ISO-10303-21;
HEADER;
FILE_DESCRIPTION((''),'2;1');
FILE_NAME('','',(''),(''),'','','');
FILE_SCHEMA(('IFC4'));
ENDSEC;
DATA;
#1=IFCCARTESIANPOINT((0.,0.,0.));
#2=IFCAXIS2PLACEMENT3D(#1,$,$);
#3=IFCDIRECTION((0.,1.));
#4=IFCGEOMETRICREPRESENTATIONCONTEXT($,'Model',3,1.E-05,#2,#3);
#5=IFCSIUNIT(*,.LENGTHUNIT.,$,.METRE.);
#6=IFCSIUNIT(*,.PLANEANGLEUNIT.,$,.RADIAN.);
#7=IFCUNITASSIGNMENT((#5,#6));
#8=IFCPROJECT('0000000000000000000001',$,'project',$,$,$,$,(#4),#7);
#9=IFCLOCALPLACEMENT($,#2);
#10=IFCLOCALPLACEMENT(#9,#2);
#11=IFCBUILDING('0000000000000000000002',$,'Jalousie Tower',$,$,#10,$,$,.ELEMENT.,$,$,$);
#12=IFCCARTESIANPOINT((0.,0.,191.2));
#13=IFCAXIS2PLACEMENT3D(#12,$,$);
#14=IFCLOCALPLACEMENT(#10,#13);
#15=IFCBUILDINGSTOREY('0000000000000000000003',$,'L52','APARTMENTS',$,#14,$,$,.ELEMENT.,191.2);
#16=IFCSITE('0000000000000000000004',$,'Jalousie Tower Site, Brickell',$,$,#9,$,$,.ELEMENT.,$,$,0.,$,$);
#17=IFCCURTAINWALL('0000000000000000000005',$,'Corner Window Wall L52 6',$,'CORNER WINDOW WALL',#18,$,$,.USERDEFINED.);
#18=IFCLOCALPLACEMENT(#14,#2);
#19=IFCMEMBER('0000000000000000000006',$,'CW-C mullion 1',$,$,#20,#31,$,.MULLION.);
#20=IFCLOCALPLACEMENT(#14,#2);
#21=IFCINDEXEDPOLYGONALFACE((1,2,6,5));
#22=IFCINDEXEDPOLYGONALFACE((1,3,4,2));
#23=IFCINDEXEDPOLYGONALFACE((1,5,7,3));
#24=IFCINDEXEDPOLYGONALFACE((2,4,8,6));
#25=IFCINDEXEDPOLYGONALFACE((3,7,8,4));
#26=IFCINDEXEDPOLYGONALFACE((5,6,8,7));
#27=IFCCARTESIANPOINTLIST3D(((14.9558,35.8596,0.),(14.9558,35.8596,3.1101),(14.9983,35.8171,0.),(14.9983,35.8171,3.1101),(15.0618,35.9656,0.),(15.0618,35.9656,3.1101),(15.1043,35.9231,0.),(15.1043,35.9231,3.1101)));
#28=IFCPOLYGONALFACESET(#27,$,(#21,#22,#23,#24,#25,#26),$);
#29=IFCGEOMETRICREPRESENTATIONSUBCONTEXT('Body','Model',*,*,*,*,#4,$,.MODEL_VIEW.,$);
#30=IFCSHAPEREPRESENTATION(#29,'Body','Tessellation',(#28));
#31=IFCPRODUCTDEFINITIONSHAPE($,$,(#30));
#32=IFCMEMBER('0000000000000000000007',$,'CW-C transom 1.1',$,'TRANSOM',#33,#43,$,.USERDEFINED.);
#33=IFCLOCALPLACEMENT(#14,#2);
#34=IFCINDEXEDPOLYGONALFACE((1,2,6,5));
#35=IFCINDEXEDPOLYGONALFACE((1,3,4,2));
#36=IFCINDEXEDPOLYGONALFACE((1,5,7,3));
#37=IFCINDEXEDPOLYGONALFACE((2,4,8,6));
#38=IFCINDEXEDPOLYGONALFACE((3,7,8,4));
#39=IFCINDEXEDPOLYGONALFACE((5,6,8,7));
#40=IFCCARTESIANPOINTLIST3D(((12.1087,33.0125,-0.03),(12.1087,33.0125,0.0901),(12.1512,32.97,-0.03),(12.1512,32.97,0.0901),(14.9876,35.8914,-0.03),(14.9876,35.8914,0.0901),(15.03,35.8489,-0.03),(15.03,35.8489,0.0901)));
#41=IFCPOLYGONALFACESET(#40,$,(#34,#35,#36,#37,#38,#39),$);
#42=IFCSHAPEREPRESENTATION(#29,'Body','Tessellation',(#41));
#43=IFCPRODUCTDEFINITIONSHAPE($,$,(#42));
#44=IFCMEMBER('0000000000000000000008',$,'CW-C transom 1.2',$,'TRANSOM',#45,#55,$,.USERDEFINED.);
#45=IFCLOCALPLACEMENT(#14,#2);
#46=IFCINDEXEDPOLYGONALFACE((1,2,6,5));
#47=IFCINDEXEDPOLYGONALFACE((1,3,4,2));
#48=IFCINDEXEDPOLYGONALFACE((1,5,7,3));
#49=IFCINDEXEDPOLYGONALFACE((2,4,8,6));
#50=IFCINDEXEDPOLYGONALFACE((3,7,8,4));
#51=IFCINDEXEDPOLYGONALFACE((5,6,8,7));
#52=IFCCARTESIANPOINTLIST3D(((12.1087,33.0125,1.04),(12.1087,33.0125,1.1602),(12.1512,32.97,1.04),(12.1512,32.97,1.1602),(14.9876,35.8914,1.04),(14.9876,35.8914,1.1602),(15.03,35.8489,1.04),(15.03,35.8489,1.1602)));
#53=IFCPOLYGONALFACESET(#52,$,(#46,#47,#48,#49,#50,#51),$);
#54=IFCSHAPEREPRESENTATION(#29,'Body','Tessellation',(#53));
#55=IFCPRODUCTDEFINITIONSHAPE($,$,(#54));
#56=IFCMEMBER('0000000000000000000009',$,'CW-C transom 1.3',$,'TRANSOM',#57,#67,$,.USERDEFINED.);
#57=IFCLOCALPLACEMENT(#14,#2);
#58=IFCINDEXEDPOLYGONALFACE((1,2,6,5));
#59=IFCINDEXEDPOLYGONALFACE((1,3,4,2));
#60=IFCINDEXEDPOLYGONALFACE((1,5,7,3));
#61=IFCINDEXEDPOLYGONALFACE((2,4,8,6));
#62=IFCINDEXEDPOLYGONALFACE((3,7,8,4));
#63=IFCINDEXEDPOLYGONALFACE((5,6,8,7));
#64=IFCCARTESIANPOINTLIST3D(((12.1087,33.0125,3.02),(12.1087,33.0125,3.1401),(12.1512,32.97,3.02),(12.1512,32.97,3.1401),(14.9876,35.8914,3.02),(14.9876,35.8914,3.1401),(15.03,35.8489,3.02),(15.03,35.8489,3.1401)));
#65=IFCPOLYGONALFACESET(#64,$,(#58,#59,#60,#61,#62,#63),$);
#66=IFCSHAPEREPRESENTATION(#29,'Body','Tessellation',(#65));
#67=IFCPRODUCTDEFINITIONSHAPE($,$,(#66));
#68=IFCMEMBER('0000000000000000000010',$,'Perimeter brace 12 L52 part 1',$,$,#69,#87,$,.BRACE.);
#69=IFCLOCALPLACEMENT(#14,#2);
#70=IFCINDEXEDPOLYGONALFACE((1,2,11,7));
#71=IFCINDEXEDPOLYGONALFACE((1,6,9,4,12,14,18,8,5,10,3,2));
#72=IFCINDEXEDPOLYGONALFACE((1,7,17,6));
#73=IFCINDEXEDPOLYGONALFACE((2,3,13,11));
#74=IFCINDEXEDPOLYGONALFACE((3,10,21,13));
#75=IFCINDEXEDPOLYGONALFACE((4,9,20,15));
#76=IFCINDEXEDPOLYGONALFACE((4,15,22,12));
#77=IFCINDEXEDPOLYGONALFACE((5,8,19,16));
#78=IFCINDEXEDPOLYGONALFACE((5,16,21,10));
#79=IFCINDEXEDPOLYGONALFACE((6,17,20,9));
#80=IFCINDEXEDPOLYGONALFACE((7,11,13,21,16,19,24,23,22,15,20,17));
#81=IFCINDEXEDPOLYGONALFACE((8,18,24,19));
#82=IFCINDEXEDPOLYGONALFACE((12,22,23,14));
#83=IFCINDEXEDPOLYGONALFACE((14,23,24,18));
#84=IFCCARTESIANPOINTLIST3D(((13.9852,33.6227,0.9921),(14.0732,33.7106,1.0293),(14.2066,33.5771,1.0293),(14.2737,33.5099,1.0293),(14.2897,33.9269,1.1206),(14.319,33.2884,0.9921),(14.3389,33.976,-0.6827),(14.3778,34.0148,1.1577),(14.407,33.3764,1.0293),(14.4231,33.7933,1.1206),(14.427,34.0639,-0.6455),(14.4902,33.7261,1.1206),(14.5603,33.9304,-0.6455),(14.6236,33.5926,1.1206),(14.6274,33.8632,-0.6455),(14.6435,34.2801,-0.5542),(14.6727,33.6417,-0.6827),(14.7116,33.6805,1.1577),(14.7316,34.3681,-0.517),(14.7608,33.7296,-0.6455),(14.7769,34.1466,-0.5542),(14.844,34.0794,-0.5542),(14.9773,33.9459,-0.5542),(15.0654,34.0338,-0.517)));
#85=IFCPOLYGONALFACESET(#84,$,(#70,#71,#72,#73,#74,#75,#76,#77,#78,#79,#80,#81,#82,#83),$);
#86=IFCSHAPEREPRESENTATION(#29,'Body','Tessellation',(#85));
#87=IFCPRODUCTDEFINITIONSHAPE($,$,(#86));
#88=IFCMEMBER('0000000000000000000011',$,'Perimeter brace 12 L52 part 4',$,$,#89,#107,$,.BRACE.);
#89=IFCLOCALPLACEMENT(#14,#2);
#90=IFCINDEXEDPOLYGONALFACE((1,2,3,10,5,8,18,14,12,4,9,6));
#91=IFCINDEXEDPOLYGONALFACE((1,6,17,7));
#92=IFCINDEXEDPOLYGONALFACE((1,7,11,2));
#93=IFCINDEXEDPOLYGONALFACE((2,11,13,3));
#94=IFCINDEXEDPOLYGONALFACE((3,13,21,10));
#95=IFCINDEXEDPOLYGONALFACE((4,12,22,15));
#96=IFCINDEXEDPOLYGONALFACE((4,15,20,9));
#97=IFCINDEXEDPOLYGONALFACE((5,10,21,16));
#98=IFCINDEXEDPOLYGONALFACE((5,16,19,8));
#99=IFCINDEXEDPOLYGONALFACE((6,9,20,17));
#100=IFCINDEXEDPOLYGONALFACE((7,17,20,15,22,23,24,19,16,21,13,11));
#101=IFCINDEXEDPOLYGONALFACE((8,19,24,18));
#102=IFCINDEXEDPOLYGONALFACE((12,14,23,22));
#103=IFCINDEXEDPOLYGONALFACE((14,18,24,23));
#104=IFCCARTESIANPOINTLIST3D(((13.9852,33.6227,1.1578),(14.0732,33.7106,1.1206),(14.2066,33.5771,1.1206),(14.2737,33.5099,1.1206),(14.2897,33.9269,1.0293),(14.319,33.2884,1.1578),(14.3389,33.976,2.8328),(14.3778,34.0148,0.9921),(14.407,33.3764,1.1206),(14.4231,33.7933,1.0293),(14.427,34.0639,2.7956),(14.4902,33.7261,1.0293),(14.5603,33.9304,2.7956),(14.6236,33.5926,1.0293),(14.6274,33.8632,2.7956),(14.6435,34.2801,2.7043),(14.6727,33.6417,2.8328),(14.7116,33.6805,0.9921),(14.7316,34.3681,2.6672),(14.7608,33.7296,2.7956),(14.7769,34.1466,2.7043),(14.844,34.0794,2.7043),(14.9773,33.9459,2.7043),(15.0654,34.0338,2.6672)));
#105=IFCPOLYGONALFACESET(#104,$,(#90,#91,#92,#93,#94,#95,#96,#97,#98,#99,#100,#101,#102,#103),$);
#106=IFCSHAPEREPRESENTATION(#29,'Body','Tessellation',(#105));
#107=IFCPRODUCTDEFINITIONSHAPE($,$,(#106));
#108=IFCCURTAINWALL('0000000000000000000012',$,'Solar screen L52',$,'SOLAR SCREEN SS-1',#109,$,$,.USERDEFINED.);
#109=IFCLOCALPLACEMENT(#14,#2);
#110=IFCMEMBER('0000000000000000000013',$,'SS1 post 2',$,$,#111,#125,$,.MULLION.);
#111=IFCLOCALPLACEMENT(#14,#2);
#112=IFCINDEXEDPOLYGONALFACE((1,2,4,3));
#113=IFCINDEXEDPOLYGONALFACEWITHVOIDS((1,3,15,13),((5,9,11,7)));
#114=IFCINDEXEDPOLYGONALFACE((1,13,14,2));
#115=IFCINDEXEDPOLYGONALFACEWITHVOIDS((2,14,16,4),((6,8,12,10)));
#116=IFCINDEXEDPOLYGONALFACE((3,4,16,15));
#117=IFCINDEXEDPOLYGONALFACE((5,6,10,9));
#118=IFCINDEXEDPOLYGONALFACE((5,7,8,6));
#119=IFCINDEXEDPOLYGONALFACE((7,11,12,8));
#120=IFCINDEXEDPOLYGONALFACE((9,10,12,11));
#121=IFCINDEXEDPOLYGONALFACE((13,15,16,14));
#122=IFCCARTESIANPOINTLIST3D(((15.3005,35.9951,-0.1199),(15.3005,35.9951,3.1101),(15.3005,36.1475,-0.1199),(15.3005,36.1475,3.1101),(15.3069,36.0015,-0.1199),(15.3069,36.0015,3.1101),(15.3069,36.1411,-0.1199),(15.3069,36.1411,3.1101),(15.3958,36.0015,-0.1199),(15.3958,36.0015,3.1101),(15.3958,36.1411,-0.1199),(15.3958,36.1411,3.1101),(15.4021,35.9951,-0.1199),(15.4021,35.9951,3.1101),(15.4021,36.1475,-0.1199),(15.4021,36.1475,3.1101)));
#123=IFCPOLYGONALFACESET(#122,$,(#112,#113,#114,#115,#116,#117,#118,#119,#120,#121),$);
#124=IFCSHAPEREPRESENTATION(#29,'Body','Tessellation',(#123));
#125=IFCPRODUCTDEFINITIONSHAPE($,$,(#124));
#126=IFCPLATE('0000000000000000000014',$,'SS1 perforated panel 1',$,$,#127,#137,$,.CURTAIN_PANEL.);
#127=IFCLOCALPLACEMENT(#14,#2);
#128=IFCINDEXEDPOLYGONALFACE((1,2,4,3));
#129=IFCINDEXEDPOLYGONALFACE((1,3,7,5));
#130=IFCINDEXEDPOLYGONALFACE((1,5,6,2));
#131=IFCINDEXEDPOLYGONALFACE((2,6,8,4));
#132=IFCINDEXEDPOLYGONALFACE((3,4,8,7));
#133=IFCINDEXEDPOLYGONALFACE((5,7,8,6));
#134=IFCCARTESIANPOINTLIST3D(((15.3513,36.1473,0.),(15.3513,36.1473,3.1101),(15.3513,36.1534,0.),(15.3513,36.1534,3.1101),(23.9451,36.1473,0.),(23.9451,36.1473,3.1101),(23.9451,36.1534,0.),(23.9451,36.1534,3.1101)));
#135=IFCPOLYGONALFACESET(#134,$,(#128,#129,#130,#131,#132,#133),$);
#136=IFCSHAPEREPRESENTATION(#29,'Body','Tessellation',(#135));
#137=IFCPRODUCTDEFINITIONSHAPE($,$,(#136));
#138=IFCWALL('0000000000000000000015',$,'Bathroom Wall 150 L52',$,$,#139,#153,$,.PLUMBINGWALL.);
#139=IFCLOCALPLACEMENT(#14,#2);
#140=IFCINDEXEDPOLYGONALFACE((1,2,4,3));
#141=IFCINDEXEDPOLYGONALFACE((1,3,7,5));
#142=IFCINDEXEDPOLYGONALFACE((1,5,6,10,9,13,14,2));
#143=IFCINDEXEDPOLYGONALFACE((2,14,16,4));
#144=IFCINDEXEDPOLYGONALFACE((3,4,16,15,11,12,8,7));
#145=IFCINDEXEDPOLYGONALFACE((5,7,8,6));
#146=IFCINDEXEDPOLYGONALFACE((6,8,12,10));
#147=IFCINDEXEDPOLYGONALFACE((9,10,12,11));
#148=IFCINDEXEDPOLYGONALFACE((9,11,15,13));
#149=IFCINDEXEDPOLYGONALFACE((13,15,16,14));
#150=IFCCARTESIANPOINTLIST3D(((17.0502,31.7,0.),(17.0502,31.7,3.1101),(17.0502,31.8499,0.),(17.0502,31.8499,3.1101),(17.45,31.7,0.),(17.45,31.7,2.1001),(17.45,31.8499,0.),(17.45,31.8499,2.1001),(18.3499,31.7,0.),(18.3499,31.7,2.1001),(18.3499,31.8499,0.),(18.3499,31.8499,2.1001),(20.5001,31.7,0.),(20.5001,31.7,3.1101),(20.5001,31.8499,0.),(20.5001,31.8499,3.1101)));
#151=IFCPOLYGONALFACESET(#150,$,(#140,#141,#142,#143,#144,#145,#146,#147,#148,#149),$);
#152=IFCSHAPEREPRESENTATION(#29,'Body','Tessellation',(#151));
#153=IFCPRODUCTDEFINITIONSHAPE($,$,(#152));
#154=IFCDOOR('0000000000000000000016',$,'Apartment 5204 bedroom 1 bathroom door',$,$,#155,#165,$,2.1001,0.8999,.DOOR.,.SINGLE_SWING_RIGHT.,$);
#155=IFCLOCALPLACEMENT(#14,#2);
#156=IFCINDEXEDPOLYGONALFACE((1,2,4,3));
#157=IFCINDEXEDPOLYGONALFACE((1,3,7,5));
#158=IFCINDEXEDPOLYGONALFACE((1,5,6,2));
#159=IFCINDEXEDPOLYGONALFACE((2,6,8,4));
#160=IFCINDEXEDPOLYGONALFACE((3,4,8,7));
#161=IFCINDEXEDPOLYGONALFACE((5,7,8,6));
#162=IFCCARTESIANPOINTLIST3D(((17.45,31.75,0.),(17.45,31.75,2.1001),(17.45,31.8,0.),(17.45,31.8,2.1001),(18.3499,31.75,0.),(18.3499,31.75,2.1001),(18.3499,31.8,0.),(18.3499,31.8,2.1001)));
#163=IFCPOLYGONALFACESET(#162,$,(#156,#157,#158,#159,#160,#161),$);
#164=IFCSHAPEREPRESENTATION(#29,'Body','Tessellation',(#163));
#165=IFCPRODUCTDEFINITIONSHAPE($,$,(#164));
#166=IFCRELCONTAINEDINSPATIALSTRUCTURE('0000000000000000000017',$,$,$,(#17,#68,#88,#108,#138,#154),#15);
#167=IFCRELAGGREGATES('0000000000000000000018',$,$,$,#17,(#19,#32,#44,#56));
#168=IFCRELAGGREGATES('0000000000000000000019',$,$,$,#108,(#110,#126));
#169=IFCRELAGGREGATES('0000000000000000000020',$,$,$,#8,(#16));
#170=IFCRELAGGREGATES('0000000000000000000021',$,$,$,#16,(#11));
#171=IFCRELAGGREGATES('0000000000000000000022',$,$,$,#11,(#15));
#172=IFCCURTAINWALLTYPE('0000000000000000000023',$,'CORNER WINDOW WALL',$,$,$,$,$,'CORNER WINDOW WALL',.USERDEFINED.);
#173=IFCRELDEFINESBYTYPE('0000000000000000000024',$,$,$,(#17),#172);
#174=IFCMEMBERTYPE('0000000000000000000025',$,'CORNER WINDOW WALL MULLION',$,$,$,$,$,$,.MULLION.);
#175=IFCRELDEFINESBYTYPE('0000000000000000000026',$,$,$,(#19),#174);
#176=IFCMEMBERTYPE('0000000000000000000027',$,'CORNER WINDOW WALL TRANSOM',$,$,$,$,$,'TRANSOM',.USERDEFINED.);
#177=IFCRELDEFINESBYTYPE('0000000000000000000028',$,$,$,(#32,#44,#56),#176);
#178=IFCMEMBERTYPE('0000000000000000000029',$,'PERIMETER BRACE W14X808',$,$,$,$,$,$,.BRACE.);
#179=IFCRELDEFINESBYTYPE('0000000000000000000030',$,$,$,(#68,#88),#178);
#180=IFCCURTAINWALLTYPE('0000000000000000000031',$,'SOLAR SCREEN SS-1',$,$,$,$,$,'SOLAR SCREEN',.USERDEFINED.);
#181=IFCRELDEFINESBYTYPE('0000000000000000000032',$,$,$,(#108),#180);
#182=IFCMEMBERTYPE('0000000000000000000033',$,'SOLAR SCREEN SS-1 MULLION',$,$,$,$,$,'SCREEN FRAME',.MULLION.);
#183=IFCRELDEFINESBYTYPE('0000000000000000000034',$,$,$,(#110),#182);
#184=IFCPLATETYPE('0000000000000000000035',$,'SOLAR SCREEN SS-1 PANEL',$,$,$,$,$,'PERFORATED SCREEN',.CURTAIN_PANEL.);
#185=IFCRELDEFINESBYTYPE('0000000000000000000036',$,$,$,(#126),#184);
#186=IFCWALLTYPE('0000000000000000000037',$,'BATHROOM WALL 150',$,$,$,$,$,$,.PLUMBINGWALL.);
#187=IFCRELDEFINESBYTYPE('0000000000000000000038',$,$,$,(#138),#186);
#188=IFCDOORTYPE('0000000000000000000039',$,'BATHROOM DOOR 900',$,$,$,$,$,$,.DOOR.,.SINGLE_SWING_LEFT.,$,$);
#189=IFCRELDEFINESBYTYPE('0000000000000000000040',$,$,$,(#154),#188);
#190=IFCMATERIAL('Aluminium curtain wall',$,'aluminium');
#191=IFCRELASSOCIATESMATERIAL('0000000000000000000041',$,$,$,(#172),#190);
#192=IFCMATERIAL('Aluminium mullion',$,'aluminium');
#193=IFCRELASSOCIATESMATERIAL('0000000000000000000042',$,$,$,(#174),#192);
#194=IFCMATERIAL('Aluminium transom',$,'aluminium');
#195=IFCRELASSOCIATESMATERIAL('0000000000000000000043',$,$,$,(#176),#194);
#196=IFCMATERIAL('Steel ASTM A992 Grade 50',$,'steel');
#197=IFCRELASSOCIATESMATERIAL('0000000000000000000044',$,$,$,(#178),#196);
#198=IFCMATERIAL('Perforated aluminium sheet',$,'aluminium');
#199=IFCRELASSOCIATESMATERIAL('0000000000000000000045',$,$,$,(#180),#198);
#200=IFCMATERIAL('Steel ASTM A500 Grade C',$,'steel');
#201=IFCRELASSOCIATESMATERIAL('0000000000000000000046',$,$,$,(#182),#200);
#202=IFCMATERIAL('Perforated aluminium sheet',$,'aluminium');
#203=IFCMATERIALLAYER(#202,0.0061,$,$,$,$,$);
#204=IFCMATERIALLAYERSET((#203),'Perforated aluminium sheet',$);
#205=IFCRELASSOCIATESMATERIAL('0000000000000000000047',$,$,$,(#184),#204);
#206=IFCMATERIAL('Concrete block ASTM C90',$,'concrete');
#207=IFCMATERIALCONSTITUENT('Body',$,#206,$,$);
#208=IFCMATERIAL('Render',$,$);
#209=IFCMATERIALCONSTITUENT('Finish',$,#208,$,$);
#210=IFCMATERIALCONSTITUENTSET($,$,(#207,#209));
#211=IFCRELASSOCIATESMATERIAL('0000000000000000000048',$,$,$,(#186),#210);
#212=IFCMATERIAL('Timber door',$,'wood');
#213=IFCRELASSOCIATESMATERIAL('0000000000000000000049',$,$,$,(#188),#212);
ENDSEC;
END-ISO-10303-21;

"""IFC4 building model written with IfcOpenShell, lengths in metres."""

from ifc_helpers import new_model, si_unit, direction, frame, frame_2d, origin, origin_2d, place, context, subcontext, project, spatial, rectangle, hollow_rectangle, i_section, extrude, material, layer, layer_set, constituent, constituent_set, material_profile, profile_set, type_object, element, fill, aggregate, save


model = new_model("IFC4")

# Units and contexts
model_context = context("Model", 3, precision=1e-05, world=origin(), true_north=direction((0.0, 1.0)))
body_context = subcontext(model_context, "Body", "Model", "MODEL_VIEW")
ifc_project = project(units=[si_unit("LENGTHUNIT", "METRE"), si_unit("PLANEANGLEUNIT", "RADIAN")], contexts=[model_context])

# Site, building, storey
site_placement = place(None, origin())
site = spatial("IfcSite", under=ifc_project, at=site_placement, Name="Jalousie Tower Site, Brickell", CompositionType="ELEMENT", RefElevation=0.0)
building_placement = place(site_placement, origin())
building = spatial("IfcBuilding", under=site, at=building_placement, Name="Jalousie Tower", CompositionType="ELEMENT")
storey_placement = place(building_placement, frame((0.0, 0.0, 191.2)))
storey = spatial("IfcBuildingStorey", under=building, at=storey_placement, Name="L52", Description="APARTMENTS", CompositionType="ELEMENT", Elevation=191.2)

# Curtain wall, members
ifc_material_1 = material(Name="Aluminium curtain wall", Category="aluminium")
curtain_wall_type_1 = type_object("IfcCurtainWallType", Name="CORNER WINDOW WALL", ElementType="CORNER WINDOW WALL", PredefinedType="USERDEFINED", material=ifc_material_1)
curtain_wall_1_placement = place(storey_placement, origin())
curtain_wall_1 = element("IfcCurtainWall", 1, at=curtain_wall_1_placement, inside=storey, type_object=curtain_wall_type_1, Name="Corner Window Wall L52 6", ObjectType="CORNER WINDOW WALL", PredefinedType="USERDEFINED")
ifc_material_2 = material(Name="Aluminium mullion", Category="aluminium")
ifc_material_profile_1 = material_profile(ifc_material_2, rectangle(XDim=0.0601, YDim=0.1499, at=origin_2d()), Name="MULLION 60x150")
ifc_profile_set_1 = profile_set([ifc_material_profile_1], Name="Aluminium mullion")
member_type_1 = type_object("IfcMemberType", Name="CORNER WINDOW WALL MULLION", PredefinedType="MULLION", material=ifc_profile_set_1)
member_1_placement = place(storey_placement, frame((15.03, 35.8914, 0.0), z_axis=(0.0, 0.0, 1.0), x_axis=(0.707107, -0.707107, 0.0)))
member_1 = element("IfcMember", 2, at=member_1_placement, type_object=member_type_1, Name="CW-C mullion 1", PredefinedType="MULLION", context=body_context, shape_type="SweptSolid", body=[
    extrude(rectangle(XDim=0.0601, YDim=0.1499, at=origin_2d()), origin(), (0.0, 0.0, 1.0), 3.1101),
])
ifc_material_3 = material(Name="Aluminium transom", Category="aluminium")
ifc_material_profile_2 = material_profile(ifc_material_3, rectangle(XDim=0.0601, YDim=0.1201, at=origin_2d()), Name="TRANSOM 60x120")
ifc_profile_set_2 = profile_set([ifc_material_profile_2], Name="Aluminium transom")
member_type_2 = type_object("IfcMemberType", Name="CORNER WINDOW WALL TRANSOM", ElementType="TRANSOM", PredefinedType="USERDEFINED", material=ifc_profile_set_2)
member_2_placement = place(storey_placement, frame((15.0088, 35.8701, 0.03), z_axis=(-0.707107, -0.707107, 0.0), x_axis=(0.707107, -0.707107, 0.0)))
member_2 = element("IfcMember", 3, at=member_2_placement, type_object=member_type_2, Name="CW-C transom 1.1", ObjectType="TRANSOM", PredefinedType="USERDEFINED", context=body_context, shape_type="SweptSolid", body=[
    extrude(rectangle(XDim=0.0601, YDim=0.1201, at=origin_2d()), origin(), (0.0, 0.0, 1.0), 4.0713),
])
member_3_placement = place(storey_placement, frame((15.0088, 35.8701, 1.1001), z_axis=(-0.707107, -0.707107, 0.0), x_axis=(0.707107, -0.707107, 0.0)))
member_3 = element("IfcMember", 4, at=member_3_placement, type_object=member_type_2, Name="CW-C transom 1.2", ObjectType="TRANSOM", PredefinedType="USERDEFINED", context=body_context, shape_type="SweptSolid", body=[
    extrude(rectangle(XDim=0.0601, YDim=0.1201, at=origin_2d()), origin(), (0.0, 0.0, 1.0), 4.0713),
])
member_4_placement = place(storey_placement, frame((15.0088, 35.8701, 3.0801), z_axis=(-0.707107, -0.707107, 0.0), x_axis=(0.707107, -0.707107, 0.0)))
member_4 = element("IfcMember", 5, at=member_4_placement, type_object=member_type_2, Name="CW-C transom 1.3", ObjectType="TRANSOM", PredefinedType="USERDEFINED", context=body_context, shape_type="SweptSolid", body=[
    extrude(rectangle(XDim=0.0601, YDim=0.1201, at=origin_2d()), origin(), (0.0, 0.0, 1.0), 4.0713),
])
aggregate(curtain_wall_1, [member_1, member_2, member_3, member_4])

# Members
ifc_material_4 = material(Name="Steel ASTM A992 Grade 50", Category="steel")
ifc_material_profile_3 = material_profile(ifc_material_4, i_section(OverallWidth=0.4724, OverallDepth=0.5791, WebThickness=0.095, FlangeThickness=0.1299, at=origin_2d()), Name="W14X808")
ifc_profile_set_3 = profile_set([ifc_material_profile_3], Name="Steel ASTM A992 Grade 50")
member_type_3 = type_object("IfcMemberType", Name="PERIMETER BRACE W14X808", PredefinedType="BRACE", material=ifc_profile_set_3)
member_5_placement = place(storey_placement, frame((14.7021, 34.0049, -0.5999), z_axis=(-0.202399, -0.20212, 0.958218), x_axis=(0.706618, -0.707595, 0.0)))
element("IfcMember", 6, at=member_5_placement, inside=storey, type_object=member_type_3, Name="Perimeter brace 12 L52 part 1", PredefinedType="BRACE", context=body_context, shape_type="SweptSolid", body=[
    extrude(i_section(OverallWidth=0.4724, OverallDepth=0.5791, WebThickness=0.095, FlangeThickness=0.1299, at=origin_2d()), origin(), (0.0, 0.0, 1.0), 1.7478),
])
member_6_placement = place(storey_placement, frame((14.3484, 33.6516, 1.075), z_axis=(0.202372, 0.202093, 0.95823), x_axis=(-0.706618, 0.707595, 0.0)))
element("IfcMember", 7, at=member_6_placement, inside=storey, type_object=member_type_3, Name="Perimeter brace 12 L52 part 4", PredefinedType="BRACE", context=body_context, shape_type="SweptSolid", body=[
    extrude(i_section(OverallWidth=0.4724, OverallDepth=0.5791, WebThickness=0.095, FlangeThickness=0.1299, at=origin_2d()), origin(), (0.0, 0.0, 1.0), 1.748),
])

# Curtain wall, member, plate
ifc_material_5 = material(Name="Perforated aluminium sheet", Category="aluminium")
curtain_wall_type_2 = type_object("IfcCurtainWallType", Name="SOLAR SCREEN SS-1", ElementType="SOLAR SCREEN", PredefinedType="USERDEFINED", material=ifc_material_5)
curtain_wall_2_placement = place(storey_placement, origin())
curtain_wall_2 = element("IfcCurtainWall", 8, at=curtain_wall_2_placement, inside=storey, type_object=curtain_wall_type_2, Name="Solar screen L52", ObjectType="SOLAR SCREEN SS-1", PredefinedType="USERDEFINED")
ifc_material_6 = material(Name="Steel ASTM A500 Grade C", Category="steel")
ifc_material_profile_4 = material_profile(ifc_material_6, hollow_rectangle(XDim=0.1016, YDim=0.1523, WallThickness=0.0063, at=origin_2d()), Name="HSS6X4X1/4")
ifc_profile_set_4 = profile_set([ifc_material_profile_4], Name="Steel ASTM A500 Grade C")
member_type_4 = type_object("IfcMemberType", Name="SOLAR SCREEN SS-1 MULLION", ElementType="SCREEN FRAME", PredefinedType="MULLION", material=ifc_profile_set_4)
member_7_placement = place(storey_placement, frame((15.3513, 36.0713, -0.1199), z_axis=(0.0, 0.0, 1.0), x_axis=(-1.0, 0.0, 0.0)))
member_7 = element("IfcMember", 9, at=member_7_placement, type_object=member_type_4, Name="SS1 post 2", PredefinedType="MULLION", context=body_context, shape_type="SweptSolid", body=[
    extrude(hollow_rectangle(XDim=0.1016, YDim=0.1523, WallThickness=0.0063, at=origin_2d()), origin(), (0.0, 0.0, 1.0), 3.23),
])
ifc_material_7 = material(Name="Perforated aluminium sheet", Category="aluminium")
ifc_layer = layer(ifc_material_7, 0.0061)
ifc_layer_set = layer_set([ifc_layer], Name="Perforated aluminium sheet")
plate_type = type_object("IfcPlateType", Name="SOLAR SCREEN SS-1 PANEL", ElementType="PERFORATED SCREEN", PredefinedType="CURTAIN_PANEL", material=ifc_layer_set)
plate_placement = place(storey_placement, frame((19.6482, 36.1504, 0.0), z_axis=(0.0, 0.0, 1.0), x_axis=(-1.0, 0.0, 0.0)))
plate = element("IfcPlate", 10, at=plate_placement, type_object=plate_type, Name="SS1 perforated panel 1", PredefinedType="CURTAIN_PANEL", context=body_context, shape_type="SweptSolid", body=[
    extrude(rectangle(XDim=8.5938, YDim=0.0061, at=origin_2d()), origin(), (0.0, 0.0, 1.0), 3.1101),
])
aggregate(curtain_wall_2, [member_7, plate])

# Wall, opening, door
ifc_material_8 = material(Name="Concrete block ASTM C90", Category="concrete")
ifc_constituent_1 = constituent(ifc_material_8, Name="Body")
ifc_material_9 = material(Name="Render")
ifc_constituent_2 = constituent(ifc_material_9, Name="Finish")
ifc_constituent_set_1 = constituent_set(constituents=[ifc_constituent_1, ifc_constituent_2])
wall_type_1 = type_object("IfcWallType", Name="BATHROOM WALL 150", PredefinedType="PLUMBINGWALL", material=ifc_constituent_set_1)
wall_1_placement = place(storey_placement, frame((17.05, 31.7749, 0.0), z_axis=(0.0, 0.0, 1.0), x_axis=(1.0, 0.0, 0.0)))
wall_1 = element("IfcWall", 11, at=wall_1_placement, inside=storey, type_object=wall_type_1, Name="Bathroom Wall 150 L52", PredefinedType="PLUMBINGWALL", context=body_context, shape_type="SweptSolid", body=[
    extrude(rectangle(XDim=3.45, YDim=0.1499, at=frame_2d((1.7251, 0.0))), origin(), (0.0, 0.0, 1.0), 3.1101),
])
opening_1_placement = place(wall_1_placement, frame((0.3999, 0.0, 0.0)))
opening_1 = element("IfcOpeningElement", 12, at=opening_1_placement, cuts=wall_1, PredefinedType="OPENING", context=body_context, shape_type="SweptSolid", body=[
    extrude(rectangle(XDim=0.8999, YDim=2.1001, at=frame_2d((0.45, 1.05))), frame((0.0, 0.085, 0.0), z_axis=(0.0, -1.0, 0.0), x_axis=(1.0, 0.0, 0.0)), (0.0, 0.0, 1.0), 0.1699),
])
ifc_material_10 = material(Name="Timber door", Category="wood")
door_type_1 = type_object("IfcDoorType", Name="BATHROOM DOOR 900", OperationType="SINGLE_SWING_LEFT", PredefinedType="DOOR", material=ifc_material_10)
door_1_placement = place(opening_1_placement, frame((0.8999, 0.0, 0.0), z_axis=(0.0, 0.0, 1.0), x_axis=(-1.0, 0.0, 0.0)))
door_1 = element("IfcDoor", 13, at=door_1_placement, inside=storey, type_object=door_type_1, Name="Apartment 5204 bedroom 1 bathroom door", OperationType="SINGLE_SWING_RIGHT", OverallHeight=2.1001, OverallWidth=0.8999, PredefinedType="DOOR", context=body_context, shape_type="SweptSolid", body=[
    extrude(rectangle(XDim=0.8999, YDim=2.1001, at=frame_2d((0.45, 1.05))), frame((0.0, 0.0249, 0.0), z_axis=(0.0, -1.0, 0.0), x_axis=(1.0, 0.0, 0.0)), (0.0, 0.0, 1.0), 0.05),
])
fill(opening_1, door_1)

save(model, "model.ifc")
